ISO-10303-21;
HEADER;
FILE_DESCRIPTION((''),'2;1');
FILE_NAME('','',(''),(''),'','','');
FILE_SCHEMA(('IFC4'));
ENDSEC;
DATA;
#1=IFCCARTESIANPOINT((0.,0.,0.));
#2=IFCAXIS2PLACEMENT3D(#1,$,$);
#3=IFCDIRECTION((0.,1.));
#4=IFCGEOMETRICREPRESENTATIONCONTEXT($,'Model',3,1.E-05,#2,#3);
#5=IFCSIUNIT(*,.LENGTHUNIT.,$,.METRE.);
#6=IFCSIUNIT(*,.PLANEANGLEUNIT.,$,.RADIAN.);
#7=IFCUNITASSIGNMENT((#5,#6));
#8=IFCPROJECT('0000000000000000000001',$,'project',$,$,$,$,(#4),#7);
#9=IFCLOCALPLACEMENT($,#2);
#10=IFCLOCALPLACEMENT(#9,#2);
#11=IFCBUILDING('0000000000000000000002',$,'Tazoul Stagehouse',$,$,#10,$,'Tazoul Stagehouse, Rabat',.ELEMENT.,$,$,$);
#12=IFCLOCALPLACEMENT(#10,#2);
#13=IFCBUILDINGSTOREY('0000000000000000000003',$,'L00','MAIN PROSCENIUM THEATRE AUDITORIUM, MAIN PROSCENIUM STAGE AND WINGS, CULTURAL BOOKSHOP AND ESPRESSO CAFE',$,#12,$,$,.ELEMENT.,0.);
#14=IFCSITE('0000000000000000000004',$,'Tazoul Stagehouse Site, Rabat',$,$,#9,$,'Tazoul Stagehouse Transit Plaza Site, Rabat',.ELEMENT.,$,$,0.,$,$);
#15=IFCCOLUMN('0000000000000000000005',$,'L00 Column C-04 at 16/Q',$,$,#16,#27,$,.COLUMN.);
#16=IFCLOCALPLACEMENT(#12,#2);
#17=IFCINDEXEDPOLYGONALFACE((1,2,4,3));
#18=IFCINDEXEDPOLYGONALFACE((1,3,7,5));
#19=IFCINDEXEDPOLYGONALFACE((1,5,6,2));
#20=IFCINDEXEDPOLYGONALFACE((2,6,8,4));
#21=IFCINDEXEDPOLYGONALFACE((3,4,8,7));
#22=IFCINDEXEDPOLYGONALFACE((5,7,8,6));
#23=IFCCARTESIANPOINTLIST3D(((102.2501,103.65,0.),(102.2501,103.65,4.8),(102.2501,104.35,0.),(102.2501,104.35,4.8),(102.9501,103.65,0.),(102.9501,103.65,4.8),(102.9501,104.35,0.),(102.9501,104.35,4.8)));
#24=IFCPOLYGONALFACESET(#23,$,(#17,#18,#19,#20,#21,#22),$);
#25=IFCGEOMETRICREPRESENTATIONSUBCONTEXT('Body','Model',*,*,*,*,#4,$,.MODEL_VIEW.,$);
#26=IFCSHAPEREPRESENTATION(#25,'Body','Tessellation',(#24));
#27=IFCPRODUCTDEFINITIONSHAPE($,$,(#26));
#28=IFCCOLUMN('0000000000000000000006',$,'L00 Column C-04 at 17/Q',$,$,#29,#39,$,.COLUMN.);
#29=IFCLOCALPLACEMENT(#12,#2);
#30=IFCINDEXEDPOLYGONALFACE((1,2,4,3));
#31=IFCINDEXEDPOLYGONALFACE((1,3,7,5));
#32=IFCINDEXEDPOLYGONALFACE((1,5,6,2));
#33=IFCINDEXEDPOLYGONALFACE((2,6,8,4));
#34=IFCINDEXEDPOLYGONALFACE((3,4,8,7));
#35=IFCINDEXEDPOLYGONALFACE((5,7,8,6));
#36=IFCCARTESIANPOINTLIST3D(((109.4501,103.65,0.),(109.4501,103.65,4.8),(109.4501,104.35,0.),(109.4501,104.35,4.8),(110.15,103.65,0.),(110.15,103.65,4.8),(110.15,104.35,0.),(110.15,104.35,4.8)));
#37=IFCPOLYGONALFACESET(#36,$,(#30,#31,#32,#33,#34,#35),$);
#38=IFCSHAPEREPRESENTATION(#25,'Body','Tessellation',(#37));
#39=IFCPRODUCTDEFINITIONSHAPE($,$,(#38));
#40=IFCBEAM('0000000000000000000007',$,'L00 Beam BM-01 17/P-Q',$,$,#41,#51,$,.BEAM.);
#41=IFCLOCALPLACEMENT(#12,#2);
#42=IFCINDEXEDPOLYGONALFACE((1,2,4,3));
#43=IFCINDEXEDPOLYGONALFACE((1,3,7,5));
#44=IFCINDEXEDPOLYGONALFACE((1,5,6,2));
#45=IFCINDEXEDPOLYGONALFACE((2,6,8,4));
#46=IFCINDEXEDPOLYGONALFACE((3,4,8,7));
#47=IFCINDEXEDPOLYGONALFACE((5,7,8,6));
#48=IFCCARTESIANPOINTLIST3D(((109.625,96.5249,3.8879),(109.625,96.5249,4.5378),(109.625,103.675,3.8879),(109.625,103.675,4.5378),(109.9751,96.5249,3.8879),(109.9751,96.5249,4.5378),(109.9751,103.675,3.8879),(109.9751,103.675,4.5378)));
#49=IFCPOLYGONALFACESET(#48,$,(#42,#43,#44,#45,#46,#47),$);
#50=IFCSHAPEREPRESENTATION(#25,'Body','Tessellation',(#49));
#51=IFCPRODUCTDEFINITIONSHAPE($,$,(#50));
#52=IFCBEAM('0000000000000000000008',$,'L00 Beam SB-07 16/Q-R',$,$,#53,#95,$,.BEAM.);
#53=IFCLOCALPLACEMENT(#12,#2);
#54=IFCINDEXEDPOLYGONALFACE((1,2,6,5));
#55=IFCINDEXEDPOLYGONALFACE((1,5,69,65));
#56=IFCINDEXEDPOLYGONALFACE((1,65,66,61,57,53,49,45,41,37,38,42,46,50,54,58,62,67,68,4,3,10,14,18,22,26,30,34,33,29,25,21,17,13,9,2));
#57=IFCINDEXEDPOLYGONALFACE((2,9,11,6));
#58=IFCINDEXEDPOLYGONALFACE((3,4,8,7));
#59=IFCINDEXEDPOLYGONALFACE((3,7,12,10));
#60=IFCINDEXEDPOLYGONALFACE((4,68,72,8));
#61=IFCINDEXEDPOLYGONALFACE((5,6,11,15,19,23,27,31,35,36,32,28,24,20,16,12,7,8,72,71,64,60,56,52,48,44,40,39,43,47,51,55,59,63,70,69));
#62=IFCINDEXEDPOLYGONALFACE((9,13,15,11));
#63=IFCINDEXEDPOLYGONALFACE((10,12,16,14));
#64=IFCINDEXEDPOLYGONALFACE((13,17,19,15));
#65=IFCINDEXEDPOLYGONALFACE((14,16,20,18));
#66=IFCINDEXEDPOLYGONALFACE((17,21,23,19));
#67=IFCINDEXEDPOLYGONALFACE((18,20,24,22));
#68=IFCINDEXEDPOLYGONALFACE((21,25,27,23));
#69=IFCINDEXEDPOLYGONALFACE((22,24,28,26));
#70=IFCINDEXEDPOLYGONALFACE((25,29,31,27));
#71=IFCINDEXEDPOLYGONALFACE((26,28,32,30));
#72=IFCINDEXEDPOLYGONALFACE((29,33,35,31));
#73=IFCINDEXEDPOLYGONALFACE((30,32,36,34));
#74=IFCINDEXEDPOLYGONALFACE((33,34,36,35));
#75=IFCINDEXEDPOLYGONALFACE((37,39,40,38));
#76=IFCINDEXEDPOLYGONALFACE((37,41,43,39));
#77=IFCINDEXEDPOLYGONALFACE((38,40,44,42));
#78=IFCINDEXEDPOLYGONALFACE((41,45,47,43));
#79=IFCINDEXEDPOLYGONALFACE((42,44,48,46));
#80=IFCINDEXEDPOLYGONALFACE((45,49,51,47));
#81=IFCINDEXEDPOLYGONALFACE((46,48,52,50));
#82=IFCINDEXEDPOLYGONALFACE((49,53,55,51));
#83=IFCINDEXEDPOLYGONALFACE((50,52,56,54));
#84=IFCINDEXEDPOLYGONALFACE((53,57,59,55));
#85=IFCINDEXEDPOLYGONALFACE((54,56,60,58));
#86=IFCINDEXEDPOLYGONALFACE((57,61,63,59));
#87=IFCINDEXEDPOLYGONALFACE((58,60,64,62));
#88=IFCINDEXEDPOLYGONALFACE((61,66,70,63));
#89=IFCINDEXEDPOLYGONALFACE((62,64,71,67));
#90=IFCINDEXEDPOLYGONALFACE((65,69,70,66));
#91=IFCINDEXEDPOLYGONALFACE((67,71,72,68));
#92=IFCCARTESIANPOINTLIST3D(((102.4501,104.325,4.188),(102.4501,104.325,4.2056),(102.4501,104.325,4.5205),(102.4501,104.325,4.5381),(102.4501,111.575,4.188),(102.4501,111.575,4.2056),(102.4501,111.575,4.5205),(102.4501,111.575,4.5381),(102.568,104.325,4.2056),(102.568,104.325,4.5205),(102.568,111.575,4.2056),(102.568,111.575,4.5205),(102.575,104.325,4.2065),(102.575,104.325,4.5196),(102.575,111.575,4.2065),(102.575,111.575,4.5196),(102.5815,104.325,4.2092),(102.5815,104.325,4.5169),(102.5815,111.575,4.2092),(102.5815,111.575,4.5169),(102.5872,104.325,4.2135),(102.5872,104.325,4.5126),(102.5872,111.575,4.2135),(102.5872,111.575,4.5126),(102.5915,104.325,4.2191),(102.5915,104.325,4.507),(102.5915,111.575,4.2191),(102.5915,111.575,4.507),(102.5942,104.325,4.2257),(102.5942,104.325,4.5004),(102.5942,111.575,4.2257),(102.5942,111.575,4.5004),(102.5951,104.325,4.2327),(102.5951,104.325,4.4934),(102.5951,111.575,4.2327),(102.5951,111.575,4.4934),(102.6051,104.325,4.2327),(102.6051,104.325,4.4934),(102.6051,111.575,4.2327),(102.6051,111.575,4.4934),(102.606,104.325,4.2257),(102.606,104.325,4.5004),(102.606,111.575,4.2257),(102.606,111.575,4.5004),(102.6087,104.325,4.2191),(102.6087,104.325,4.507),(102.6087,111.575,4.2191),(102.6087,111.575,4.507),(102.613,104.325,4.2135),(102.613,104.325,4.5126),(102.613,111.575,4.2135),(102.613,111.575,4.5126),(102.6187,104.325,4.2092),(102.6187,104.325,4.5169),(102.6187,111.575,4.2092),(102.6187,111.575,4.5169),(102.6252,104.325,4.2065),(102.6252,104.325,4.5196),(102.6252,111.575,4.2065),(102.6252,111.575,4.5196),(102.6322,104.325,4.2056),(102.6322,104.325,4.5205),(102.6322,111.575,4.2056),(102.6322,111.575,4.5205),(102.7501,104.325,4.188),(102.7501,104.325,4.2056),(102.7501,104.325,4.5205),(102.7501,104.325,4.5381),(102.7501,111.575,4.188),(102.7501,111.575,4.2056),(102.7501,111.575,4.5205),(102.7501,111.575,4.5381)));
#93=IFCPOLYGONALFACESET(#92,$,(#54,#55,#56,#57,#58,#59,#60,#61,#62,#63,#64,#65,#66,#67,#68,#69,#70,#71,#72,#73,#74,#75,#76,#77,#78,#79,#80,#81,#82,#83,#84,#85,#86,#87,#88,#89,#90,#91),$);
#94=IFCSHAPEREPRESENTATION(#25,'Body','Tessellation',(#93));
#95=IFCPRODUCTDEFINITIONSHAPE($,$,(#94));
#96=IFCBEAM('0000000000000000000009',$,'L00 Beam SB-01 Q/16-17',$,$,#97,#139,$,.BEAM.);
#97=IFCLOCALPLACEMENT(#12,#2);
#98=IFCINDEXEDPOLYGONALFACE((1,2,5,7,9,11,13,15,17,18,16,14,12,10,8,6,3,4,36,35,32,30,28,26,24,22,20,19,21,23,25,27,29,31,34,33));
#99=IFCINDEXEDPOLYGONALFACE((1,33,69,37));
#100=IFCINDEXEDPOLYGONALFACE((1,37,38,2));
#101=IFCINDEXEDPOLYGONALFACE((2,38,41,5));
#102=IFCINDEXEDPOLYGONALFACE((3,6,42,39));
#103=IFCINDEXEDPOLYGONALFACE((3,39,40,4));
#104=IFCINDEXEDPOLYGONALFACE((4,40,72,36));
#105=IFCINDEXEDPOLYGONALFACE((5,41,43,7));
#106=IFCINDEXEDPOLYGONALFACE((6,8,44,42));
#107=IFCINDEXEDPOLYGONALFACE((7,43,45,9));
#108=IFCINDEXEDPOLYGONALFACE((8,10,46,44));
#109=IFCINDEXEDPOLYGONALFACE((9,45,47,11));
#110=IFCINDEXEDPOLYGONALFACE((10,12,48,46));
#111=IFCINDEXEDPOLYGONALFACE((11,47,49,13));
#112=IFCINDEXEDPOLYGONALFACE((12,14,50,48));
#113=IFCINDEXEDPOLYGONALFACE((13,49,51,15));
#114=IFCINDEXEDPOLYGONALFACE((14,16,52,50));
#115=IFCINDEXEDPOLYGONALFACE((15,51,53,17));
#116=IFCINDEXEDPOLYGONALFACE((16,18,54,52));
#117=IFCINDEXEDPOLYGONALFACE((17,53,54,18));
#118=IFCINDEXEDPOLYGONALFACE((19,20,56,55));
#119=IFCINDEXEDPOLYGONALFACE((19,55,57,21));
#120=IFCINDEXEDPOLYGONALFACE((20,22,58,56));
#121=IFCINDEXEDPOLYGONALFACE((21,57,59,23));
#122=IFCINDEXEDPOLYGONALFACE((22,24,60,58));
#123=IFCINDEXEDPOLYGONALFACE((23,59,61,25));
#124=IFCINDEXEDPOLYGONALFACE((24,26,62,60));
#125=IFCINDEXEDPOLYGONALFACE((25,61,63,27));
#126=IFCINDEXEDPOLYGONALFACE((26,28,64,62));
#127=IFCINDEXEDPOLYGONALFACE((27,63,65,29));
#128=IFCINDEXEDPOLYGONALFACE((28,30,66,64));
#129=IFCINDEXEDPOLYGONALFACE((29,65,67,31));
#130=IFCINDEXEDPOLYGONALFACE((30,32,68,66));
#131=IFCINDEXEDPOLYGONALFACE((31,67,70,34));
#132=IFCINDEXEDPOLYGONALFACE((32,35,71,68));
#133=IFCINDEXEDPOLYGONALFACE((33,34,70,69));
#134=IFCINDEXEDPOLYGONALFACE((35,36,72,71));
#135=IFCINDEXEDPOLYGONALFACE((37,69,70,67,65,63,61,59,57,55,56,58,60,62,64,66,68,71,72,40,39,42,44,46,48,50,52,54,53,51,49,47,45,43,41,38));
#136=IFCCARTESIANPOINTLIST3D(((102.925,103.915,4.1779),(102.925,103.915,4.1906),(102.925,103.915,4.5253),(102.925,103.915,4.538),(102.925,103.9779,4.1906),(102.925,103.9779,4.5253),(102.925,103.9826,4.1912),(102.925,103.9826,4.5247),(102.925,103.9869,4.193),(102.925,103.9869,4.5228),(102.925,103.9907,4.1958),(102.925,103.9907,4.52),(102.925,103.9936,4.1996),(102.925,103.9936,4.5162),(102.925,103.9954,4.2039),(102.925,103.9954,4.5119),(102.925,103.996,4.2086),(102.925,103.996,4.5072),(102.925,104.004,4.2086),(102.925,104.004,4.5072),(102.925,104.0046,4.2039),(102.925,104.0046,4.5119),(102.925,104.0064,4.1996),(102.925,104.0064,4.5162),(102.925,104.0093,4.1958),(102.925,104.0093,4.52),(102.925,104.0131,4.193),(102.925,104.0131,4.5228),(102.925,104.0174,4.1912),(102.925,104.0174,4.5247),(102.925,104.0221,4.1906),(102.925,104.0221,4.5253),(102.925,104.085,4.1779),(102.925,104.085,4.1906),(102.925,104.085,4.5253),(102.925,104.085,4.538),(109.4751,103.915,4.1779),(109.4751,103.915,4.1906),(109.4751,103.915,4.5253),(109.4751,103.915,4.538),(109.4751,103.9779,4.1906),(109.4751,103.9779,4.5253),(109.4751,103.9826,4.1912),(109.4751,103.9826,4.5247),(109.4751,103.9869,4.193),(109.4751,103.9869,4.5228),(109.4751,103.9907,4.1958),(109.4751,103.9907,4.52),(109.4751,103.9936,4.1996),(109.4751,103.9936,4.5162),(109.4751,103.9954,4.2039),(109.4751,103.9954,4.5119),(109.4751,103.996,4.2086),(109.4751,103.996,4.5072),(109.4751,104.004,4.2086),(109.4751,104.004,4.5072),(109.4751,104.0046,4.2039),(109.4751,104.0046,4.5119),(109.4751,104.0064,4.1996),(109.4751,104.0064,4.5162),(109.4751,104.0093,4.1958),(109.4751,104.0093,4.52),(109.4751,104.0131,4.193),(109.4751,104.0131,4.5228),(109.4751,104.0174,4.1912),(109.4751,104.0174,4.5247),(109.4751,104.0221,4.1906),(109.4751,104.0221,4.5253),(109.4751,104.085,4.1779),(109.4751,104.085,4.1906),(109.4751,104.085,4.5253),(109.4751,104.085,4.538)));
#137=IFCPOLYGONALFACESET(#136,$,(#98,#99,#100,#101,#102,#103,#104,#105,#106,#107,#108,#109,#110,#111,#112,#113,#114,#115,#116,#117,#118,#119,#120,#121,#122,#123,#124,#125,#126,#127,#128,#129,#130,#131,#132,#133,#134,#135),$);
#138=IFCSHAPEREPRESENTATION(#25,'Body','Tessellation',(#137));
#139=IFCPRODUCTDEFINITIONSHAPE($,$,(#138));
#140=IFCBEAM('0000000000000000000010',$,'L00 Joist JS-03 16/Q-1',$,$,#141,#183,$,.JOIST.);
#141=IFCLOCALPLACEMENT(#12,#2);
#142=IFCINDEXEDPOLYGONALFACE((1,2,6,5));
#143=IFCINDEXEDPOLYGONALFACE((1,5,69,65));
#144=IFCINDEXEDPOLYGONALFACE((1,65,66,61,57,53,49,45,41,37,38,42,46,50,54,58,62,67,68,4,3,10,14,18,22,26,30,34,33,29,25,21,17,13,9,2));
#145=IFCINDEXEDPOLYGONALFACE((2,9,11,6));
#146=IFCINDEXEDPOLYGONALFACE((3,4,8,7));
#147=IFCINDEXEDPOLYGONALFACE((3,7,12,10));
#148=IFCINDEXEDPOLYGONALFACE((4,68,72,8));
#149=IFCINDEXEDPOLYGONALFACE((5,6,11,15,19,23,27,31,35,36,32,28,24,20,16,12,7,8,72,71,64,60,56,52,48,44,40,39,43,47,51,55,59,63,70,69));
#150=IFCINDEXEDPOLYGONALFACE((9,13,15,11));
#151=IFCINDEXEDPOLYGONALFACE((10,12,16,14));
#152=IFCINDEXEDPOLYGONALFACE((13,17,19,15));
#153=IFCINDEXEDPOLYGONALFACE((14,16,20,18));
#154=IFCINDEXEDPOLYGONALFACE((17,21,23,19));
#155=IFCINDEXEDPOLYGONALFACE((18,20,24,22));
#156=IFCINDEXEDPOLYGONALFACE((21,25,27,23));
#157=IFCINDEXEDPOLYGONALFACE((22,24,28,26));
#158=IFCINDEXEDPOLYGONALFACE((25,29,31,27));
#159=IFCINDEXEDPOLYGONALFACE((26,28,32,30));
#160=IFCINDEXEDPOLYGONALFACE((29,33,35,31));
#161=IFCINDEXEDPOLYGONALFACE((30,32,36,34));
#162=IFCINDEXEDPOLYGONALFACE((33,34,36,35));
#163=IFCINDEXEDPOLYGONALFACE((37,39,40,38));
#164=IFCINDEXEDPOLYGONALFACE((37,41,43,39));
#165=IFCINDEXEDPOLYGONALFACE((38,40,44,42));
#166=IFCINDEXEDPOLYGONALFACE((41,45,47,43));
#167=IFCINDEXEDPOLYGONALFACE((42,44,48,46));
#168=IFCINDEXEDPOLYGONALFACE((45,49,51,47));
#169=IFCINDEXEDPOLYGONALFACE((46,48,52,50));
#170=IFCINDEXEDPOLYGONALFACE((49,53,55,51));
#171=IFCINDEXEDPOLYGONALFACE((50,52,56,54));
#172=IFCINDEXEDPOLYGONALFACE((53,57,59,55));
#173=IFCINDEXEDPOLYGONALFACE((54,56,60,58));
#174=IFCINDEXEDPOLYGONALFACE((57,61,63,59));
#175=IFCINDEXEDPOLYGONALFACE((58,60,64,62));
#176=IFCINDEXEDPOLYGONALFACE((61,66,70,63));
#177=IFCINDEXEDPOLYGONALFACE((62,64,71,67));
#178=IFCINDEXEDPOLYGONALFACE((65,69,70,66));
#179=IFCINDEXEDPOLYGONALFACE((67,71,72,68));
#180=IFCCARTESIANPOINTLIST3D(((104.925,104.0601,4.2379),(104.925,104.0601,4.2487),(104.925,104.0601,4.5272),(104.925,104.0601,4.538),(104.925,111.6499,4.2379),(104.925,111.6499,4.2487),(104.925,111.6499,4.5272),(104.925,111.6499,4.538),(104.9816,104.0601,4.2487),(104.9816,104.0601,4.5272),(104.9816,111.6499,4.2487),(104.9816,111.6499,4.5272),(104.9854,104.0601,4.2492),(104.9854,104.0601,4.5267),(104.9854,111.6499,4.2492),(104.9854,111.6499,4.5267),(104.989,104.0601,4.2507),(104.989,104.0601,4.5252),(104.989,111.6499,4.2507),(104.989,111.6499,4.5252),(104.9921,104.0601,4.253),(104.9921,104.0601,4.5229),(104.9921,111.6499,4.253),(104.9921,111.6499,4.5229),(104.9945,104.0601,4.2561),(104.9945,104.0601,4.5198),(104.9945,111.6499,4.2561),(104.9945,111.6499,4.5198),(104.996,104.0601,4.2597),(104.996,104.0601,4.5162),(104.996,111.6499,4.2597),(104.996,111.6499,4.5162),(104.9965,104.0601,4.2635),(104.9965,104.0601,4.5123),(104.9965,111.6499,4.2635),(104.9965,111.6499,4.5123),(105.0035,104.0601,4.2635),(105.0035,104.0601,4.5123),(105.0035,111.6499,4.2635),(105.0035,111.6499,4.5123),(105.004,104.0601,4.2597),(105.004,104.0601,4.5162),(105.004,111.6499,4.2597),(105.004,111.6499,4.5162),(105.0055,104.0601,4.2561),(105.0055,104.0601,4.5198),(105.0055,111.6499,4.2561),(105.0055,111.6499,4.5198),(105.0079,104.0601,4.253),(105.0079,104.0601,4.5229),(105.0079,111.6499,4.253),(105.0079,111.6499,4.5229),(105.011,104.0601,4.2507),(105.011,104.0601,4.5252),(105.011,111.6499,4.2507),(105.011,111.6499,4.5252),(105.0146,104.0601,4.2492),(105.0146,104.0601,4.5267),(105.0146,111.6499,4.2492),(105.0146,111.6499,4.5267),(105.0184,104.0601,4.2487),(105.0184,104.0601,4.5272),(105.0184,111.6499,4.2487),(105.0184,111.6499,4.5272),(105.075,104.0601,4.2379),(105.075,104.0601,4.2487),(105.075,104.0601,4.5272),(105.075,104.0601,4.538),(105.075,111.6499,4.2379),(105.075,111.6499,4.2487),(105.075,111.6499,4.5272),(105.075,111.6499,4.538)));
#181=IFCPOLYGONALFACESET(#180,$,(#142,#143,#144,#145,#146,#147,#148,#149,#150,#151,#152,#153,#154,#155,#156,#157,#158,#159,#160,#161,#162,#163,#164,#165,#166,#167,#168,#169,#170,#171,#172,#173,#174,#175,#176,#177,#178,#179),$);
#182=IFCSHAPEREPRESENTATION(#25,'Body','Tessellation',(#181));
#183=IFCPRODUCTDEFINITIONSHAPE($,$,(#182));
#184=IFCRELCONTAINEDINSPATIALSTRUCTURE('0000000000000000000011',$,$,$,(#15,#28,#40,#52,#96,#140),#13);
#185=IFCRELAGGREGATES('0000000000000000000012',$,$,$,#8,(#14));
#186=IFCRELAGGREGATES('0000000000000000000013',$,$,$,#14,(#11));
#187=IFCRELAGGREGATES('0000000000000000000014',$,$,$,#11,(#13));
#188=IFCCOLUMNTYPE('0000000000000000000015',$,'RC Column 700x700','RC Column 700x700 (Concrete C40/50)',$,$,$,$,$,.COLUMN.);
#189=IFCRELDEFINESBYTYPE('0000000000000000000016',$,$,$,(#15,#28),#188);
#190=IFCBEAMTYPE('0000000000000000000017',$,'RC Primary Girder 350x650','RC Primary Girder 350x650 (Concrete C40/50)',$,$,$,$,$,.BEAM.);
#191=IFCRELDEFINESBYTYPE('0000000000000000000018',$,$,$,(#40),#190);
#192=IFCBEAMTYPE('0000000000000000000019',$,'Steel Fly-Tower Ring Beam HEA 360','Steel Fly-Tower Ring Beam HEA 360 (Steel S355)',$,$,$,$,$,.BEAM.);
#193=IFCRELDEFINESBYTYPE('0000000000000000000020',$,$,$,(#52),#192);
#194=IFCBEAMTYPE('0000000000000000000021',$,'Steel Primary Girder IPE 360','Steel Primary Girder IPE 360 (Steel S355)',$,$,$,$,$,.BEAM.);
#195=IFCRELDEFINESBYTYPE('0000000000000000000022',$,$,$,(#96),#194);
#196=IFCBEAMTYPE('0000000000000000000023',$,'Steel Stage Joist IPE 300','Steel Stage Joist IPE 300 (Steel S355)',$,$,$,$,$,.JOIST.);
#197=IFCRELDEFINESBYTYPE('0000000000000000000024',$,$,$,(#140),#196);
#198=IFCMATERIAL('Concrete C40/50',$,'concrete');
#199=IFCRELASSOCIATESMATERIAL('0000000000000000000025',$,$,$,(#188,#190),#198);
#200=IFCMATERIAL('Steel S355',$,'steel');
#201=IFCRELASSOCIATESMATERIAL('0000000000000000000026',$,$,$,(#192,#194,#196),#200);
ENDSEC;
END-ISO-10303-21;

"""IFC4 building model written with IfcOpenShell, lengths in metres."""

from ifc_helpers import new_model, si_unit, direction, frame, origin, origin_2d, place, context, subcontext, project, spatial, rectangle, i_section, extrude, material, material_profile, profile_set, type_object, element, save


model = new_model("IFC4")

# Units and contexts
model_context = context("Model", 3, precision=1e-05, world=origin(), true_north=direction((0.0, 1.0)))
body_context = subcontext(model_context, "Body", "Model", "MODEL_VIEW")
ifc_project = project(units=[si_unit("LENGTHUNIT", "METRE"), si_unit("PLANEANGLEUNIT", "RADIAN")], contexts=[model_context])

# Site, building, storey
site_placement = place(None, origin())
site = spatial("IfcSite", under=ifc_project, at=site_placement, Name="Tazoul Stagehouse Site, Rabat", LongName="Tazoul Stagehouse Transit Plaza Site, Rabat", CompositionType="ELEMENT", RefElevation=0.0)
building_placement = place(site_placement, origin())
building = spatial("IfcBuilding", under=site, at=building_placement, Name="Tazoul Stagehouse", LongName="Tazoul Stagehouse, Rabat", CompositionType="ELEMENT")
storey_placement = place(building_placement, origin())
storey = spatial("IfcBuildingStorey", under=building, at=storey_placement, Name="L00", Description="MAIN PROSCENIUM THEATRE AUDITORIUM, MAIN PROSCENIUM STAGE AND WINGS, CULTURAL BOOKSHOP AND ESPRESSO CAFE", CompositionType="ELEMENT", Elevation=0.0)

# Columns
ifc_material_1 = material(Name="Concrete C40/50", Category="concrete")
ifc_material_profile_1 = material_profile(ifc_material_1, rectangle(XDim=0.7, YDim=0.7, at=origin_2d()), Name="RC 700x700")
ifc_profile_set_1 = profile_set([ifc_material_profile_1], Name="Concrete C40/50")
column_type = type_object("IfcColumnType", Name="RC Column 700x700", Description="RC Column 700x700 (Concrete C40/50)", PredefinedType="COLUMN", material=ifc_profile_set_1)
for number, where, z_axis, x_axis, name in (
    (1, (102.6001, 104.0, 0.0), (0.0, 0.0, 1.0), (1.0, 0.0, 0.0), "L00 Column C-04 at 16/Q"),
    (2, (109.8, 104.0, 0.0), (0.0, 0.0, 1.0), (1.0, 0.0, 0.0), "L00 Column C-04 at 17/Q"),
):
    element("IfcColumn", number, at=place(storey_placement, frame(where, z_axis=z_axis, x_axis=x_axis)), inside=storey, type_object=column_type, Name=name, PredefinedType="COLUMN", context=body_context, shape_type="SweptSolid", body=[
        extrude(rectangle(XDim=0.7, YDim=0.7, at=origin_2d()), origin(), (0.0, 0.0, 1.0), 4.8),
    ])

# Beams
ifc_material_profile_2 = material_profile(ifc_material_1, rectangle(XDim=0.3501, YDim=0.6499, at=origin_2d()), Name="RC 350x650")
ifc_profile_set_2 = profile_set([ifc_material_profile_2], Name="Concrete C40/50")
beam_type_1 = type_object("IfcBeamType", Name="RC Primary Girder 350x650", Description="RC Primary Girder 350x650 (Concrete C40/50)", PredefinedType="BEAM", material=ifc_profile_set_2)
beam_1_placement = place(storey_placement, frame((109.8, 96.5249, 4.2129), z_axis=(0.0, 1.0, 0.0), x_axis=(-1.0, 0.0, 0.0)))
element("IfcBeam", 3, at=beam_1_placement, inside=storey, type_object=beam_type_1, Name="L00 Beam BM-01 17/P-Q", PredefinedType="BEAM", context=body_context, shape_type="SweptSolid", body=[
    extrude(rectangle(XDim=0.3501, YDim=0.6499, at=origin_2d()), origin(), (0.0, 0.0, 1.0), 7.1501),
])
ifc_material_2 = material(Name="Steel S355", Category="steel")
ifc_material_profile_3 = material_profile(ifc_material_2, i_section(OverallWidth=0.3, OverallDepth=0.3501, WebThickness=0.01, FlangeThickness=0.0176, FilletRadius=0.0271, at=origin_2d()), Name="HEA 360")
ifc_profile_set_3 = profile_set([ifc_material_profile_3], Name="Steel S355")
beam_type_2 = type_object("IfcBeamType", Name="Steel Fly-Tower Ring Beam HEA 360", Description="Steel Fly-Tower Ring Beam HEA 360 (Steel S355)", PredefinedType="BEAM", material=ifc_profile_set_3)
beam_2_placement = place(storey_placement, frame((102.6001, 104.325, 4.363), z_axis=(0.0, 1.0, 0.0), x_axis=(-1.0, 0.0, 0.0)))
element("IfcBeam", 4, at=beam_2_placement, inside=storey, type_object=beam_type_2, Name="L00 Beam SB-07 16/Q-R", PredefinedType="BEAM", context=body_context, shape_type="SweptSolid", body=[
    extrude(i_section(OverallWidth=0.3, OverallDepth=0.3501, WebThickness=0.01, FlangeThickness=0.0176, FilletRadius=0.0271, at=origin_2d()), origin(), (0.0, 0.0, 1.0), 7.25),
])
ifc_material_profile_4 = material_profile(ifc_material_2, i_section(OverallWidth=0.1699, OverallDepth=0.3601, WebThickness=0.0081, FlangeThickness=0.0127, FilletRadius=0.0181, at=origin_2d()), Name="IPE 360")
ifc_profile_set_4 = profile_set([ifc_material_profile_4], Name="Steel S355")
beam_type_3 = type_object("IfcBeamType", Name="Steel Primary Girder IPE 360", Description="Steel Primary Girder IPE 360 (Steel S355)", PredefinedType="BEAM", material=ifc_profile_set_4)
beam_3_placement = place(storey_placement, frame((102.925, 104.0, 4.3579), z_axis=(1.0, 0.0, 0.0), x_axis=(0.0, 1.0, 0.0)))
element("IfcBeam", 5, at=beam_3_placement, inside=storey, type_object=beam_type_3, Name="L00 Beam SB-01 Q/16-17", PredefinedType="BEAM", context=body_context, shape_type="SweptSolid", body=[
    extrude(i_section(OverallWidth=0.1699, OverallDepth=0.3601, WebThickness=0.0081, FlangeThickness=0.0127, FilletRadius=0.0181, at=origin_2d()), origin(), (0.0, 0.0, 1.0), 6.55),
])
ifc_material_profile_5 = material_profile(ifc_material_2, i_section(OverallWidth=0.1499, OverallDepth=0.3, WebThickness=0.0071, FlangeThickness=0.0107, FilletRadius=0.0149, at=origin_2d()), Name="IPE 300")
ifc_profile_set_5 = profile_set([ifc_material_profile_5], Name="Steel S355")
beam_type_4 = type_object("IfcBeamType", Name="Steel Stage Joist IPE 300", Description="Steel Stage Joist IPE 300 (Steel S355)", PredefinedType="JOIST", material=ifc_profile_set_5)
for number, where, z_axis, x_axis, name in (
    (6, (105.0, 104.0601, 4.3879), (0.0, 1.0, 0.0), (-1.0, 0.0, 0.0), "L00 Joist JS-03 16/Q-1"),
):
    element("IfcBeam", number, at=place(storey_placement, frame(where, z_axis=z_axis, x_axis=x_axis)), inside=storey, type_object=beam_type_4, Name=name, PredefinedType="JOIST", context=body_context, shape_type="SweptSolid", body=[
        extrude(i_section(OverallWidth=0.1499, OverallDepth=0.3, WebThickness=0.0071, FlangeThickness=0.0107, FilletRadius=0.0149, at=origin_2d()), origin(), (0.0, 0.0, 1.0), 7.5898),
    ])

save(model, "model.ifc")
